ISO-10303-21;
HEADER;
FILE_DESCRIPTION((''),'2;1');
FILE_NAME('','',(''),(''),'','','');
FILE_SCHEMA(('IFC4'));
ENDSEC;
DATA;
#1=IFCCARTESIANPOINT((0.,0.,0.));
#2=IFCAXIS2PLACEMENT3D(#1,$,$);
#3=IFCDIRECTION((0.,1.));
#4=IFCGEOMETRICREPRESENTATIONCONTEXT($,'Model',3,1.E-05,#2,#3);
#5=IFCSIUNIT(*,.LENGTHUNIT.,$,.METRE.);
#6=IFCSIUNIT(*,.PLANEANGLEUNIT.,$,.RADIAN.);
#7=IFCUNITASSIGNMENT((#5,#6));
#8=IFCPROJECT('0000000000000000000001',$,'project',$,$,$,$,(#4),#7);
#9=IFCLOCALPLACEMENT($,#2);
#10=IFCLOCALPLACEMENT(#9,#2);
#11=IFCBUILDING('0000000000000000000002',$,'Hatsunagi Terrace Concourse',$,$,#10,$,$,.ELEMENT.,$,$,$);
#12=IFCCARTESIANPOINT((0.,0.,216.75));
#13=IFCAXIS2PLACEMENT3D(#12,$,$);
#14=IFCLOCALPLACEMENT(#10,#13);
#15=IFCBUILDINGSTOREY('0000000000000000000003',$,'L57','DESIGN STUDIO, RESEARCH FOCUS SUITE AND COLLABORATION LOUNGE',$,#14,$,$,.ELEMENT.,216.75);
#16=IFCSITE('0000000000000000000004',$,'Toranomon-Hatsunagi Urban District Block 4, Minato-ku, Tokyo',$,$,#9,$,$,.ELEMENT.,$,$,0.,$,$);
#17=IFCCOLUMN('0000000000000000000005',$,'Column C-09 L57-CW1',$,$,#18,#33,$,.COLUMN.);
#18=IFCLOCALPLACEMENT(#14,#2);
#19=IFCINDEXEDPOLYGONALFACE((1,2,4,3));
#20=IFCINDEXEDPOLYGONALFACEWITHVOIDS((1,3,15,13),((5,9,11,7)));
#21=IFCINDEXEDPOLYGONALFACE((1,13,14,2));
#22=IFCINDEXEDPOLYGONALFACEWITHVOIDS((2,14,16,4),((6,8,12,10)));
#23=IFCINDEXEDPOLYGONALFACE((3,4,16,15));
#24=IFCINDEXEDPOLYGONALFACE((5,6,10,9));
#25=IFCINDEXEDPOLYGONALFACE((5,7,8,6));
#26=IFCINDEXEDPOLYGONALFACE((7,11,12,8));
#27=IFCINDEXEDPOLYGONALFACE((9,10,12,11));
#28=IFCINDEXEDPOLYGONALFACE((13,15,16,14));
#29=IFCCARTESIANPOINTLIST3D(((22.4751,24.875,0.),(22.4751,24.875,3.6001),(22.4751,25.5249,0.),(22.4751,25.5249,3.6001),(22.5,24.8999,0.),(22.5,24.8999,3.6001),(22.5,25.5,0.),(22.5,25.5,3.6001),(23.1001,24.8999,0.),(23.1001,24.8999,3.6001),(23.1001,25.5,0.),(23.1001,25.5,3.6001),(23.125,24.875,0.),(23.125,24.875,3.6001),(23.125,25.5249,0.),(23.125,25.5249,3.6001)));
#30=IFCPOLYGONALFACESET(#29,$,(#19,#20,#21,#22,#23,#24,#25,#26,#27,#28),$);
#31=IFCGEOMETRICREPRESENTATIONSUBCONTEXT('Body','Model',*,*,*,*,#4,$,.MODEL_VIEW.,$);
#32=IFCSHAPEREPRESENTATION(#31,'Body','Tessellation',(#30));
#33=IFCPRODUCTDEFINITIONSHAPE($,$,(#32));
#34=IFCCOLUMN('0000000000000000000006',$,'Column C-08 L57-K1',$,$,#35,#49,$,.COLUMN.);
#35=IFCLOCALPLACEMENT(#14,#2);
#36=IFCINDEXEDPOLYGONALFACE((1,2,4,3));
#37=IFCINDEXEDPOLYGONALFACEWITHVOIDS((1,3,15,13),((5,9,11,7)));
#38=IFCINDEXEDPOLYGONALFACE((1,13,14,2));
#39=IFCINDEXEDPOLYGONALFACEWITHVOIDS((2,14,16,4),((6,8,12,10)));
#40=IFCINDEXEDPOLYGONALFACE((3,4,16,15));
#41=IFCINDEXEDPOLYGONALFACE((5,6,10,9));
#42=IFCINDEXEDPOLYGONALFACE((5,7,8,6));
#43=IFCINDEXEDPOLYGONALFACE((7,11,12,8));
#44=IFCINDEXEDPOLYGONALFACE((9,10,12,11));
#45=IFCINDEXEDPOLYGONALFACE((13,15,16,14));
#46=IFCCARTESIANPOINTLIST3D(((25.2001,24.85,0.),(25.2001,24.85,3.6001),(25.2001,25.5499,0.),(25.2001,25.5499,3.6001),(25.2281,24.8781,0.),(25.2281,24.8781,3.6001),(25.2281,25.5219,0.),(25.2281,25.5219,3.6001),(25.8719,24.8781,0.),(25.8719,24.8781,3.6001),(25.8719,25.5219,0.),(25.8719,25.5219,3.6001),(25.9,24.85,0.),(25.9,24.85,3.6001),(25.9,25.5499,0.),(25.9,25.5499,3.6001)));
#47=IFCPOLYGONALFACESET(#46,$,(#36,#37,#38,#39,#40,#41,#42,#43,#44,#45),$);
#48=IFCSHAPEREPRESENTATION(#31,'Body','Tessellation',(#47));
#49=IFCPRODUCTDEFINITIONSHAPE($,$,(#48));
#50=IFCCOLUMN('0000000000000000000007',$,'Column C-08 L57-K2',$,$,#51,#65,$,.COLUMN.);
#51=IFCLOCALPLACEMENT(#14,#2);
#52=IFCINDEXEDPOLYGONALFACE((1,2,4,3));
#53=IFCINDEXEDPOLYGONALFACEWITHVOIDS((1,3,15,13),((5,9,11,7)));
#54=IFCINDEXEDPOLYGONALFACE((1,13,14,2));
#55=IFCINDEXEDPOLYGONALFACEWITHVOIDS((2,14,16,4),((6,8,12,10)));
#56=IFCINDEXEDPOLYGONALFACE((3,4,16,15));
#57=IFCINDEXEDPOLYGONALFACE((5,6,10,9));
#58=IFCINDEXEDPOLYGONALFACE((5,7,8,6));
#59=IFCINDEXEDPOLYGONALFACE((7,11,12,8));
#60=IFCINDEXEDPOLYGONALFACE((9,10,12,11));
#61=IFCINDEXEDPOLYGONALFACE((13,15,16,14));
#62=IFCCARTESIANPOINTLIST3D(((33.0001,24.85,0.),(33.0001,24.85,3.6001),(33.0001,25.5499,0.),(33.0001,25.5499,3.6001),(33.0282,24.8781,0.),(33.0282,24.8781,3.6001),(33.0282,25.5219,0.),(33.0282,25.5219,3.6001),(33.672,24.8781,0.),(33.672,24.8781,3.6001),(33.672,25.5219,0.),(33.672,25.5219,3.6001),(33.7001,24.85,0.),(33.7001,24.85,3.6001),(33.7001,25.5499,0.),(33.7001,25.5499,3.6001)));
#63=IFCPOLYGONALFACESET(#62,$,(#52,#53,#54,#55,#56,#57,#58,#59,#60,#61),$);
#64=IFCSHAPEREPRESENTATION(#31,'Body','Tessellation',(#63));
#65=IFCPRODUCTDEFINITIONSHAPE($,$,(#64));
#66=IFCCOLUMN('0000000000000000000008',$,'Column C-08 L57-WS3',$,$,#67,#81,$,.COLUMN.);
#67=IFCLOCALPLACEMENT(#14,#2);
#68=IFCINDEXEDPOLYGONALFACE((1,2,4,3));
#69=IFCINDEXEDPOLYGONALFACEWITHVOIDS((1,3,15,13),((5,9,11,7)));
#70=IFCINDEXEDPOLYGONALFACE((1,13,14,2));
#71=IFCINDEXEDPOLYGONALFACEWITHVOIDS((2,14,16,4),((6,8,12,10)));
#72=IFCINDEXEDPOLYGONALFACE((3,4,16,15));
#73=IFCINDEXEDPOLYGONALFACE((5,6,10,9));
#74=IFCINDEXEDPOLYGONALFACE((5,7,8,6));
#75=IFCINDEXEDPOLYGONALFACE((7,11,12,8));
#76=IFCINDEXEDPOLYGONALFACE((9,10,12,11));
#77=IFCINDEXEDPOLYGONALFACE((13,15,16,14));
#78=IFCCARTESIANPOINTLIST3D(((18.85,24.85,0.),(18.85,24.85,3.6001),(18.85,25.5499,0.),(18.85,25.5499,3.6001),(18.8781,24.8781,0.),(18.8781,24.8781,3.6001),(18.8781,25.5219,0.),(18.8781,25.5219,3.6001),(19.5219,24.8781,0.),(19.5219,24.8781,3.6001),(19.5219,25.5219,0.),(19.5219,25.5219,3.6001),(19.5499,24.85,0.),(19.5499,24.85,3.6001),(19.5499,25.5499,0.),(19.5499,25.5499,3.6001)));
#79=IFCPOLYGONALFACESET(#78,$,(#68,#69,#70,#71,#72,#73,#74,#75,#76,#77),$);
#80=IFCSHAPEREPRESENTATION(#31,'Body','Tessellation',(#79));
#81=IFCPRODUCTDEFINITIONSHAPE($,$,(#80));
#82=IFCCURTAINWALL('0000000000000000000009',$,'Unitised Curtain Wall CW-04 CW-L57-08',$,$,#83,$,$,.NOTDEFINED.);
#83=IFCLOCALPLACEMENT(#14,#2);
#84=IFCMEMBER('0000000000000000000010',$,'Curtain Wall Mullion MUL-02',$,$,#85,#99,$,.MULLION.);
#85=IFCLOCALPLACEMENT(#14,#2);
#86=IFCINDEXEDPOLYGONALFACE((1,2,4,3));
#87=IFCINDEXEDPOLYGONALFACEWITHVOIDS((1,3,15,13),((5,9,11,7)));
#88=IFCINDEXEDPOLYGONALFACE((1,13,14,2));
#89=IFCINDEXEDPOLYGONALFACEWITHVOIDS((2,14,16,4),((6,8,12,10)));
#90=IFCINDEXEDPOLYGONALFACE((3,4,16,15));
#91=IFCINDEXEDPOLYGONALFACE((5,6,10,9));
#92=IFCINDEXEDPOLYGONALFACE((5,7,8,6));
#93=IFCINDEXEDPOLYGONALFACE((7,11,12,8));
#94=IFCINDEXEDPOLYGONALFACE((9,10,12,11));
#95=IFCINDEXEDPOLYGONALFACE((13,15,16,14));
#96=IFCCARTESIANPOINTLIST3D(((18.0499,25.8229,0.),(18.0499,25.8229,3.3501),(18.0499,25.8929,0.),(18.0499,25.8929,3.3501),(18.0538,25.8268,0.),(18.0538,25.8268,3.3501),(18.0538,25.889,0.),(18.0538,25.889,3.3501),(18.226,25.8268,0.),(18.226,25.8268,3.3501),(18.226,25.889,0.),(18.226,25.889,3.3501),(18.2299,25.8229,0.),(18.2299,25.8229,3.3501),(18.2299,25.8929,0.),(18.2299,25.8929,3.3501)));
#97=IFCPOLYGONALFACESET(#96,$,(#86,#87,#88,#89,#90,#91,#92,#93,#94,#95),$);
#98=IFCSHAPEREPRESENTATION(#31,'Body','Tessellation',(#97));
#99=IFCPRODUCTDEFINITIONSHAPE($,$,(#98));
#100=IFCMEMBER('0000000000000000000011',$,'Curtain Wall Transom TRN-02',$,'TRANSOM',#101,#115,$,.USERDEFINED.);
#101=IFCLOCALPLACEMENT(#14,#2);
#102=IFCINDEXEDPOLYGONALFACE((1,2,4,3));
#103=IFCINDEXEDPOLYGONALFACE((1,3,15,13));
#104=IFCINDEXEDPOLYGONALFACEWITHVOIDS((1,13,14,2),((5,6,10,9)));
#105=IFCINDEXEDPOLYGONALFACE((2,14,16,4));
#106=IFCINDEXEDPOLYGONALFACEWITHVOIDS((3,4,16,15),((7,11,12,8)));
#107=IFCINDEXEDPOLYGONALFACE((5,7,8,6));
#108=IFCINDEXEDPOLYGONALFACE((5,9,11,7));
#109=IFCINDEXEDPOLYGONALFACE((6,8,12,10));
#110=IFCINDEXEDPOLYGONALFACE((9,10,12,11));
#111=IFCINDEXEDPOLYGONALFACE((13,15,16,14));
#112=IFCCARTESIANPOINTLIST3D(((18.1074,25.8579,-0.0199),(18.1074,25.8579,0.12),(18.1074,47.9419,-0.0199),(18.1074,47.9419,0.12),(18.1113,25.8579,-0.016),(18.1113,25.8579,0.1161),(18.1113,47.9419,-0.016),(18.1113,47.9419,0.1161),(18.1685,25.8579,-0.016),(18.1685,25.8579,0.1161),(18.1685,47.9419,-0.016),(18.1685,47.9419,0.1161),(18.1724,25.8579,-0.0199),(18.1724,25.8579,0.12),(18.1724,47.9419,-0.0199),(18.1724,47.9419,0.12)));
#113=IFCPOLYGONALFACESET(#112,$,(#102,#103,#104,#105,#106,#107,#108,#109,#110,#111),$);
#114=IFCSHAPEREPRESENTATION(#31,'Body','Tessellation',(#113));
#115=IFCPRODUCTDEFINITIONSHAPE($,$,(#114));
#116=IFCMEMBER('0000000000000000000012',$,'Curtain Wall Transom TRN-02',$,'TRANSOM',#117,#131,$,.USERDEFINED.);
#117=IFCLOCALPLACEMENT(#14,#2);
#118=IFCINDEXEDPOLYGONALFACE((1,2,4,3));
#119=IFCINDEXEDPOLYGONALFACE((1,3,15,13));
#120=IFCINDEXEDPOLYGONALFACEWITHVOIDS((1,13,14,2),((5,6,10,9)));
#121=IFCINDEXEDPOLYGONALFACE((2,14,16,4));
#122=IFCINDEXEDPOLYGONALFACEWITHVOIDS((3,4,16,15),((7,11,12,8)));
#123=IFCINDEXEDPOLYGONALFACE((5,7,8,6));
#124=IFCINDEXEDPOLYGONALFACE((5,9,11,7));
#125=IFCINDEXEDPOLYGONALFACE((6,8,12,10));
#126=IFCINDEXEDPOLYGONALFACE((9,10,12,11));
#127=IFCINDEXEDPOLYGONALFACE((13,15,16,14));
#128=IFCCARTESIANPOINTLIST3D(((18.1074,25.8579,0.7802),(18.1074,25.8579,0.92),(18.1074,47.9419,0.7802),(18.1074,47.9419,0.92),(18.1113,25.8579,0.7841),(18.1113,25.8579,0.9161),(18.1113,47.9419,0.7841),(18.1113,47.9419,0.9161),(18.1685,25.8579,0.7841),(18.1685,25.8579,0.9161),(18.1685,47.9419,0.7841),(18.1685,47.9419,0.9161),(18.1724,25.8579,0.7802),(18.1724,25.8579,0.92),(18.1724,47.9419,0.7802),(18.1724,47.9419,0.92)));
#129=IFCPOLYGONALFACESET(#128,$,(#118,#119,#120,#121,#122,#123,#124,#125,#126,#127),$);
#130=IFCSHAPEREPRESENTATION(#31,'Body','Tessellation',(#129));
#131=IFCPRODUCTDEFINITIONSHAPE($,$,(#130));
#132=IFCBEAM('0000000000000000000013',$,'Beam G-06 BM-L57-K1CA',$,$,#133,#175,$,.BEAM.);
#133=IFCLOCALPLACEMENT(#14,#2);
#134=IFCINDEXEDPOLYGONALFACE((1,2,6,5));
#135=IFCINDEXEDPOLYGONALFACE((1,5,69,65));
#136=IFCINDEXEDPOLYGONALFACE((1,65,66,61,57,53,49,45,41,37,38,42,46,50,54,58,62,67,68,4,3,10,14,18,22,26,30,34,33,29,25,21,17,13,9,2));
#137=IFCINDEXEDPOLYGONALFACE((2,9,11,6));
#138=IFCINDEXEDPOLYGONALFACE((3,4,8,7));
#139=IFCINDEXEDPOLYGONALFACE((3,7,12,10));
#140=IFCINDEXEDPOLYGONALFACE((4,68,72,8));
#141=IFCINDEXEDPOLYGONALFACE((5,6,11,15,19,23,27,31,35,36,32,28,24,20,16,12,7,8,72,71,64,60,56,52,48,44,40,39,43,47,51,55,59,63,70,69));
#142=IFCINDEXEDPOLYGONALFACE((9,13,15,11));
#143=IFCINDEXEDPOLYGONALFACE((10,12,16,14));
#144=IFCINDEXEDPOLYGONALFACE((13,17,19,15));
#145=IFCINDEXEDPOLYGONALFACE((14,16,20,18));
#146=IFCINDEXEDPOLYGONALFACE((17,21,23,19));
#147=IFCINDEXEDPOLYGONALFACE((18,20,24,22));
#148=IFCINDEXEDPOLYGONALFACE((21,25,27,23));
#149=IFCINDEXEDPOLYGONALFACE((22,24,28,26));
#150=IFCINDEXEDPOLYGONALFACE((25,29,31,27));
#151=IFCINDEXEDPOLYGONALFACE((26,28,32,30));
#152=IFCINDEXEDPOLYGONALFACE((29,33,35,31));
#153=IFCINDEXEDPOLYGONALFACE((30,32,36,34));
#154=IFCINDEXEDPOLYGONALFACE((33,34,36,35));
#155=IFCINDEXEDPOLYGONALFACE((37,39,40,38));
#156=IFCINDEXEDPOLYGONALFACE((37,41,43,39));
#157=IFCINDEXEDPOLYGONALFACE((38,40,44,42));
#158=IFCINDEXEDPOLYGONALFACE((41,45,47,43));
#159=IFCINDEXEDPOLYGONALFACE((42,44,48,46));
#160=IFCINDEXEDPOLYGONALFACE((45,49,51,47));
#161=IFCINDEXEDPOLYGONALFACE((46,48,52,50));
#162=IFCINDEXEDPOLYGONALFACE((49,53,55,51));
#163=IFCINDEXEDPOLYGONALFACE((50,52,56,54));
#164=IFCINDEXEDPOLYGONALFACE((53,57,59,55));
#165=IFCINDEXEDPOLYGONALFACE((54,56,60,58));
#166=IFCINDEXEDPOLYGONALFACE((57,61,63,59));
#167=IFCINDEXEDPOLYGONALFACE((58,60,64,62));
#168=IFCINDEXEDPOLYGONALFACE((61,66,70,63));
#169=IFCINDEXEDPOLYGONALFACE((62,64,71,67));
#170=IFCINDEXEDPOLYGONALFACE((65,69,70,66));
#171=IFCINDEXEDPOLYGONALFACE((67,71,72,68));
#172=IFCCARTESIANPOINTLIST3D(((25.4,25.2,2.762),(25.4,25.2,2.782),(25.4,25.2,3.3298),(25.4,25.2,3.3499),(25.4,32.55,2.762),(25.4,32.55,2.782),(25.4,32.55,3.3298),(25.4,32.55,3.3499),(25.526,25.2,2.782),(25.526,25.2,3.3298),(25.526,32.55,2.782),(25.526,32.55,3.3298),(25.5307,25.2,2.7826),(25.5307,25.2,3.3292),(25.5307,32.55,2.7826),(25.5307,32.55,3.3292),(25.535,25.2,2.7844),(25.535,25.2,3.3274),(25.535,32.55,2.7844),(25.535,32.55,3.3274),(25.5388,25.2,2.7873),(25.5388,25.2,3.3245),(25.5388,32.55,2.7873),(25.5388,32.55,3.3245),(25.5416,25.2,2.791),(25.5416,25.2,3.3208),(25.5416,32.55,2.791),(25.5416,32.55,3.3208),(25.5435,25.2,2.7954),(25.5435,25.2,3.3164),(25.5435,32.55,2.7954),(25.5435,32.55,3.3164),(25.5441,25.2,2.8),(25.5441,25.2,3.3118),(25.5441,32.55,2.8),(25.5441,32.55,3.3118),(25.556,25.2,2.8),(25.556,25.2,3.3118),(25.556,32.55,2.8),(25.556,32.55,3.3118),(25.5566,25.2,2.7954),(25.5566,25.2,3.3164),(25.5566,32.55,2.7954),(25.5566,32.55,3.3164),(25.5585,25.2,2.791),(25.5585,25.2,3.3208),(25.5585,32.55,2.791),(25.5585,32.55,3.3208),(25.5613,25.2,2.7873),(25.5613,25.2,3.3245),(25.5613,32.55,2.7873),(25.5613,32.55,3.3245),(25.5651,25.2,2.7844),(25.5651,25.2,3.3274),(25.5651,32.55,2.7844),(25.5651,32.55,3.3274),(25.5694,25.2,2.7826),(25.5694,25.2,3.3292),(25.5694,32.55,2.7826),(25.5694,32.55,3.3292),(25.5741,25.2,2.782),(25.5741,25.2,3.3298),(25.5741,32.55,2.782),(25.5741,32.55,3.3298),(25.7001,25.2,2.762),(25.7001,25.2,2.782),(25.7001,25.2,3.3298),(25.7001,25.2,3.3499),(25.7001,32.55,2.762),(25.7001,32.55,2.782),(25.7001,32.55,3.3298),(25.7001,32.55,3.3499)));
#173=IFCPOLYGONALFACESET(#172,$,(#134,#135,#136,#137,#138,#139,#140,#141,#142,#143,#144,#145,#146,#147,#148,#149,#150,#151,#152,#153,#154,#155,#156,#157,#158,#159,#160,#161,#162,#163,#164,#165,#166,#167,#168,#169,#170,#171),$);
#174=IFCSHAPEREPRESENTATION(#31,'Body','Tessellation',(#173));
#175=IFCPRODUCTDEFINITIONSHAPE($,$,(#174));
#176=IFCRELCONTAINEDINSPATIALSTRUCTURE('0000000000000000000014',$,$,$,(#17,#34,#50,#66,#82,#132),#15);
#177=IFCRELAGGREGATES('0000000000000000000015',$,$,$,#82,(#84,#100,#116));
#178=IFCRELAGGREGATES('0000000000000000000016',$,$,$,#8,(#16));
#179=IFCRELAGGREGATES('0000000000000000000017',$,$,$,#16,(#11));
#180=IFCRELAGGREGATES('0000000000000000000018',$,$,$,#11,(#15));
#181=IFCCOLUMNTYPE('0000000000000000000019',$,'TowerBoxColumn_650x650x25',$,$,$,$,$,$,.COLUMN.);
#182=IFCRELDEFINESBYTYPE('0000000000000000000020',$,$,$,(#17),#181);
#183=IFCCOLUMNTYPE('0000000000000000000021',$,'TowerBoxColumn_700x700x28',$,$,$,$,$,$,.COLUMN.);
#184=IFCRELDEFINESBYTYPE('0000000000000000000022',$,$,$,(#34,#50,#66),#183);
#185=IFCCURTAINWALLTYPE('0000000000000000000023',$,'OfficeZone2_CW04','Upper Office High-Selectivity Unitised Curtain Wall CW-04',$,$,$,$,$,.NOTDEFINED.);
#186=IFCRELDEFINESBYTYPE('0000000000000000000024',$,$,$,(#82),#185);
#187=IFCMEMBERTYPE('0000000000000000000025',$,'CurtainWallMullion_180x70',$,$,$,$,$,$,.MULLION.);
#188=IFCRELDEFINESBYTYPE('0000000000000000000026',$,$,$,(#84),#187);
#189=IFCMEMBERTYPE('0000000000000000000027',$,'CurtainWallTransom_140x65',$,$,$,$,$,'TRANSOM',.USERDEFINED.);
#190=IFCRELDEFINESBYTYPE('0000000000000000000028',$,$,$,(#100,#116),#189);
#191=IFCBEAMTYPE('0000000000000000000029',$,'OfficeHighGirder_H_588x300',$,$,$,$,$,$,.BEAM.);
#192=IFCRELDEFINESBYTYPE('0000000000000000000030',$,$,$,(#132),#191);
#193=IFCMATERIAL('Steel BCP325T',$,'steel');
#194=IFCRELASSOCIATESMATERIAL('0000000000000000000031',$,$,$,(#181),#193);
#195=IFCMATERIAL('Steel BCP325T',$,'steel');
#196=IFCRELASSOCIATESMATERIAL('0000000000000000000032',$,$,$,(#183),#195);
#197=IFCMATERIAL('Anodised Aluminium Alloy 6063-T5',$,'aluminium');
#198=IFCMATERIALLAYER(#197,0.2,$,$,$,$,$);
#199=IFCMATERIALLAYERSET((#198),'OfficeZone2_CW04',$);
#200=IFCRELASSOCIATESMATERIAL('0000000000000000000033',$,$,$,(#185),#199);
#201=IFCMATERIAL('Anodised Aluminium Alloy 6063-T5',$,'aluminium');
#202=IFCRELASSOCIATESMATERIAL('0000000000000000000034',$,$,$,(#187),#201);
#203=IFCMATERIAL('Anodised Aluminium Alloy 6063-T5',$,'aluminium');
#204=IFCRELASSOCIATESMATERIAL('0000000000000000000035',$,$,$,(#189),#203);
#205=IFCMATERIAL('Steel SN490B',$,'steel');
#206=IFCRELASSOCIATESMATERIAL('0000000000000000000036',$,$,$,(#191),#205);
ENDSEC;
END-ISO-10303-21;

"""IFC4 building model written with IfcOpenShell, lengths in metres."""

from ifc_helpers import new_model, si_unit, direction, frame, origin, origin_2d, place, context, subcontext, project, spatial, hollow_rectangle, i_section, extrude, material, layer, layer_set, material_profile, profile_set, type_object, element, aggregate, save


model = new_model("IFC4")

# Units and contexts
model_context = context("Model", 3, precision=1e-05, world=origin(), true_north=direction((0.0, 1.0)))
body_context = subcontext(model_context, "Body", "Model", "MODEL_VIEW")
ifc_project = project(units=[si_unit("LENGTHUNIT", "METRE"), si_unit("PLANEANGLEUNIT", "RADIAN")], contexts=[model_context])

# Site, building, storey
site_placement = place(None, origin())
site = spatial("IfcSite", under=ifc_project, at=site_placement, Name="Toranomon-Hatsunagi Urban District Block 4, Minato-ku, Tokyo", CompositionType="ELEMENT", RefElevation=0.0)
building_placement = place(site_placement, origin())
building = spatial("IfcBuilding", under=site, at=building_placement, Name="Hatsunagi Terrace Concourse", CompositionType="ELEMENT")
storey_placement = place(building_placement, frame((0.0, 0.0, 216.75)))
storey = spatial("IfcBuildingStorey", under=building, at=storey_placement, Name="L57", Description="DESIGN STUDIO, RESEARCH FOCUS SUITE AND COLLABORATION LOUNGE", CompositionType="ELEMENT", Elevation=216.75)

# Columns
ifc_material_1 = material(Name="Steel BCP325T", Category="steel")
ifc_material_profile_1 = material_profile(ifc_material_1, hollow_rectangle(XDim=0.6499, YDim=0.6499, WallThickness=0.0249, at=origin_2d()), Name="BCP-650x650x25")
ifc_profile_set_1 = profile_set([ifc_material_profile_1], Name="Steel BCP325T")
column_type_1 = type_object("IfcColumnType", Name="TowerBoxColumn_650x650x25", PredefinedType="COLUMN", material=ifc_profile_set_1)
column_placement = place(storey_placement, frame((22.8, 25.2, 0.0), z_axis=(0.0, 0.0, 1.0), x_axis=(1.0, 0.0, 0.0)))
element("IfcColumn", 1, at=column_placement, inside=storey, type_object=column_type_1, Name="Column C-09 L57-CW1", PredefinedType="COLUMN", context=body_context, shape_type="SweptSolid", body=[
    extrude(hollow_rectangle(XDim=0.6499, YDim=0.6499, WallThickness=0.0249, at=origin_2d()), origin(), (0.0, 0.0, 1.0), 3.6001),
])
ifc_material_2 = material(Name="Steel BCP325T", Category="steel")
ifc_material_profile_2 = material_profile(ifc_material_2, hollow_rectangle(XDim=0.7, YDim=0.7, WallThickness=0.0281, at=origin_2d()), Name="BCP-700x700x28")
ifc_profile_set_2 = profile_set([ifc_material_profile_2], Name="Steel BCP325T")
column_type_2 = type_object("IfcColumnType", Name="TowerBoxColumn_700x700x28", PredefinedType="COLUMN", material=ifc_profile_set_2)
for number, where, z_axis, x_axis, name in (
    (2, (25.55, 25.2, 0.0), (0.0, 0.0, 1.0), (1.0, 0.0, 0.0), "Column C-08 L57-K1"),
    (3, (33.3501, 25.2, 0.0), (0.0, 0.0, 1.0), (1.0, 0.0, 0.0), "Column C-08 L57-K2"),
    (4, (19.2, 25.2, 0.0), (0.0, 0.0, 1.0), (1.0, 0.0, 0.0), "Column C-08 L57-WS3"),
):
    element("IfcColumn", number, at=place(storey_placement, frame(where, z_axis=z_axis, x_axis=x_axis)), inside=storey, type_object=column_type_2, Name=name, PredefinedType="COLUMN", context=body_context, shape_type="SweptSolid", body=[
        extrude(hollow_rectangle(XDim=0.7, YDim=0.7, WallThickness=0.0281, at=origin_2d()), origin(), (0.0, 0.0, 1.0), 3.6001),
    ])

# Curtain wall, members
ifc_material_3 = material(Name="Anodised Aluminium Alloy 6063-T5", Category="aluminium")
ifc_layer_1 = layer(ifc_material_3, 0.2)
ifc_layer_set_1 = layer_set([ifc_layer_1], Name="OfficeZone2_CW04")
curtain_wall_type = type_object("IfcCurtainWallType", Name="OfficeZone2_CW04", Description="Upper Office High-Selectivity Unitised Curtain Wall CW-04", PredefinedType="NOTDEFINED", material=ifc_layer_set_1)
curtain_wall_placement = place(storey_placement, origin())
curtain_wall = element("IfcCurtainWall", 5, at=curtain_wall_placement, inside=storey, type_object=curtain_wall_type, Name="Unitised Curtain Wall CW-04 CW-L57-08", PredefinedType="NOTDEFINED")
ifc_material_4 = material(Name="Anodised Aluminium Alloy 6063-T5", Category="aluminium")
ifc_material_profile_3 = material_profile(ifc_material_4, hollow_rectangle(XDim=0.0701, YDim=0.1799, WallThickness=0.0039, at=origin_2d()), Name="ALU-MUL-180x70x4")
ifc_profile_set_3 = profile_set([ifc_material_profile_3], Name="Anodised Aluminium Alloy 6063-T5")
member_type_1 = type_object("IfcMemberType", Name="CurtainWallMullion_180x70", PredefinedType="MULLION", material=ifc_profile_set_3)
member_1_placement = place(storey_placement, frame((18.1399, 25.8579, 0.0), z_axis=(0.0, 0.0, 1.0), x_axis=(0.0, 1.0, 0.0)))
member_1 = element("IfcMember", 6, at=member_1_placement, type_object=member_type_1, Name="Curtain Wall Mullion MUL-02", PredefinedType="MULLION", context=body_context, shape_type="SweptSolid", body=[
    extrude(hollow_rectangle(XDim=0.0701, YDim=0.1799, WallThickness=0.0039, at=origin_2d()), origin(), (0.0, 0.0, 1.0), 3.3501),
])
ifc_material_5 = material(Name="Anodised Aluminium Alloy 6063-T5", Category="aluminium")
ifc_material_profile_4 = material_profile(ifc_material_5, hollow_rectangle(XDim=0.0649, YDim=0.1399, WallThickness=0.0039, at=origin_2d()), Name="ALU-TRN-140x65x4")
ifc_profile_set_4 = profile_set([ifc_material_profile_4], Name="Anodised Aluminium Alloy 6063-T5")
member_type_2 = type_object("IfcMemberType", Name="CurtainWallTransom_140x65", ElementType="TRANSOM", PredefinedType="USERDEFINED", material=ifc_profile_set_4)
member_2_placement = place(storey_placement, frame((18.1399, 25.8579, 0.05), z_axis=(0.0, 1.0, 0.0), x_axis=(-1.0, 0.0, 0.0)))
member_2 = element("IfcMember", 7, at=member_2_placement, type_object=member_type_2, Name="Curtain Wall Transom TRN-02", ObjectType="TRANSOM", PredefinedType="USERDEFINED", context=body_context, shape_type="SweptSolid", body=[
    extrude(hollow_rectangle(XDim=0.0649, YDim=0.1399, WallThickness=0.0039, at=origin_2d()), origin(), (0.0, 0.0, 1.0), 22.084),
])
member_3_placement = place(storey_placement, frame((18.1399, 25.8579, 0.8501), z_axis=(0.0, 1.0, 0.0), x_axis=(-1.0, 0.0, 0.0)))
member_3 = element("IfcMember", 8, at=member_3_placement, type_object=member_type_2, Name="Curtain Wall Transom TRN-02", ObjectType="TRANSOM", PredefinedType="USERDEFINED", context=body_context, shape_type="SweptSolid", body=[
    extrude(hollow_rectangle(XDim=0.0649, YDim=0.1399, WallThickness=0.0039, at=origin_2d()), origin(), (0.0, 0.0, 1.0), 22.084),
])
aggregate(curtain_wall, [member_1, member_2, member_3])

# Beam
ifc_material_6 = material(Name="Steel SN490B", Category="steel")
ifc_material_profile_5 = material_profile(ifc_material_6, i_section(OverallWidth=0.3, OverallDepth=0.5879, WebThickness=0.012, FlangeThickness=0.02, FilletRadius=0.0181, at=origin_2d()), Name="H-588x300x12x20")
ifc_profile_set_5 = profile_set([ifc_material_profile_5], Name="Steel SN490B")
beam_type_1 = type_object("IfcBeamType", Name="OfficeHighGirder_H_588x300", PredefinedType="BEAM", material=ifc_profile_set_5)
beam_1_placement = place(storey_placement, frame((25.55, 25.2, 3.0559), z_axis=(0.0, 1.0, 0.0), x_axis=(-1.0, 0.0, 0.0)))
element("IfcBeam", 9, at=beam_1_placement, inside=storey, type_object=beam_type_1, Name="Beam G-06 BM-L57-K1CA", PredefinedType="BEAM", context=body_context, shape_type="SweptSolid", body=[
    extrude(i_section(OverallWidth=0.3, OverallDepth=0.5879, WebThickness=0.012, FlangeThickness=0.02, FilletRadius=0.0181, at=origin_2d()), origin(), (0.0, 0.0, 1.0), 7.3501),
])

save(model, "model.ifc")
